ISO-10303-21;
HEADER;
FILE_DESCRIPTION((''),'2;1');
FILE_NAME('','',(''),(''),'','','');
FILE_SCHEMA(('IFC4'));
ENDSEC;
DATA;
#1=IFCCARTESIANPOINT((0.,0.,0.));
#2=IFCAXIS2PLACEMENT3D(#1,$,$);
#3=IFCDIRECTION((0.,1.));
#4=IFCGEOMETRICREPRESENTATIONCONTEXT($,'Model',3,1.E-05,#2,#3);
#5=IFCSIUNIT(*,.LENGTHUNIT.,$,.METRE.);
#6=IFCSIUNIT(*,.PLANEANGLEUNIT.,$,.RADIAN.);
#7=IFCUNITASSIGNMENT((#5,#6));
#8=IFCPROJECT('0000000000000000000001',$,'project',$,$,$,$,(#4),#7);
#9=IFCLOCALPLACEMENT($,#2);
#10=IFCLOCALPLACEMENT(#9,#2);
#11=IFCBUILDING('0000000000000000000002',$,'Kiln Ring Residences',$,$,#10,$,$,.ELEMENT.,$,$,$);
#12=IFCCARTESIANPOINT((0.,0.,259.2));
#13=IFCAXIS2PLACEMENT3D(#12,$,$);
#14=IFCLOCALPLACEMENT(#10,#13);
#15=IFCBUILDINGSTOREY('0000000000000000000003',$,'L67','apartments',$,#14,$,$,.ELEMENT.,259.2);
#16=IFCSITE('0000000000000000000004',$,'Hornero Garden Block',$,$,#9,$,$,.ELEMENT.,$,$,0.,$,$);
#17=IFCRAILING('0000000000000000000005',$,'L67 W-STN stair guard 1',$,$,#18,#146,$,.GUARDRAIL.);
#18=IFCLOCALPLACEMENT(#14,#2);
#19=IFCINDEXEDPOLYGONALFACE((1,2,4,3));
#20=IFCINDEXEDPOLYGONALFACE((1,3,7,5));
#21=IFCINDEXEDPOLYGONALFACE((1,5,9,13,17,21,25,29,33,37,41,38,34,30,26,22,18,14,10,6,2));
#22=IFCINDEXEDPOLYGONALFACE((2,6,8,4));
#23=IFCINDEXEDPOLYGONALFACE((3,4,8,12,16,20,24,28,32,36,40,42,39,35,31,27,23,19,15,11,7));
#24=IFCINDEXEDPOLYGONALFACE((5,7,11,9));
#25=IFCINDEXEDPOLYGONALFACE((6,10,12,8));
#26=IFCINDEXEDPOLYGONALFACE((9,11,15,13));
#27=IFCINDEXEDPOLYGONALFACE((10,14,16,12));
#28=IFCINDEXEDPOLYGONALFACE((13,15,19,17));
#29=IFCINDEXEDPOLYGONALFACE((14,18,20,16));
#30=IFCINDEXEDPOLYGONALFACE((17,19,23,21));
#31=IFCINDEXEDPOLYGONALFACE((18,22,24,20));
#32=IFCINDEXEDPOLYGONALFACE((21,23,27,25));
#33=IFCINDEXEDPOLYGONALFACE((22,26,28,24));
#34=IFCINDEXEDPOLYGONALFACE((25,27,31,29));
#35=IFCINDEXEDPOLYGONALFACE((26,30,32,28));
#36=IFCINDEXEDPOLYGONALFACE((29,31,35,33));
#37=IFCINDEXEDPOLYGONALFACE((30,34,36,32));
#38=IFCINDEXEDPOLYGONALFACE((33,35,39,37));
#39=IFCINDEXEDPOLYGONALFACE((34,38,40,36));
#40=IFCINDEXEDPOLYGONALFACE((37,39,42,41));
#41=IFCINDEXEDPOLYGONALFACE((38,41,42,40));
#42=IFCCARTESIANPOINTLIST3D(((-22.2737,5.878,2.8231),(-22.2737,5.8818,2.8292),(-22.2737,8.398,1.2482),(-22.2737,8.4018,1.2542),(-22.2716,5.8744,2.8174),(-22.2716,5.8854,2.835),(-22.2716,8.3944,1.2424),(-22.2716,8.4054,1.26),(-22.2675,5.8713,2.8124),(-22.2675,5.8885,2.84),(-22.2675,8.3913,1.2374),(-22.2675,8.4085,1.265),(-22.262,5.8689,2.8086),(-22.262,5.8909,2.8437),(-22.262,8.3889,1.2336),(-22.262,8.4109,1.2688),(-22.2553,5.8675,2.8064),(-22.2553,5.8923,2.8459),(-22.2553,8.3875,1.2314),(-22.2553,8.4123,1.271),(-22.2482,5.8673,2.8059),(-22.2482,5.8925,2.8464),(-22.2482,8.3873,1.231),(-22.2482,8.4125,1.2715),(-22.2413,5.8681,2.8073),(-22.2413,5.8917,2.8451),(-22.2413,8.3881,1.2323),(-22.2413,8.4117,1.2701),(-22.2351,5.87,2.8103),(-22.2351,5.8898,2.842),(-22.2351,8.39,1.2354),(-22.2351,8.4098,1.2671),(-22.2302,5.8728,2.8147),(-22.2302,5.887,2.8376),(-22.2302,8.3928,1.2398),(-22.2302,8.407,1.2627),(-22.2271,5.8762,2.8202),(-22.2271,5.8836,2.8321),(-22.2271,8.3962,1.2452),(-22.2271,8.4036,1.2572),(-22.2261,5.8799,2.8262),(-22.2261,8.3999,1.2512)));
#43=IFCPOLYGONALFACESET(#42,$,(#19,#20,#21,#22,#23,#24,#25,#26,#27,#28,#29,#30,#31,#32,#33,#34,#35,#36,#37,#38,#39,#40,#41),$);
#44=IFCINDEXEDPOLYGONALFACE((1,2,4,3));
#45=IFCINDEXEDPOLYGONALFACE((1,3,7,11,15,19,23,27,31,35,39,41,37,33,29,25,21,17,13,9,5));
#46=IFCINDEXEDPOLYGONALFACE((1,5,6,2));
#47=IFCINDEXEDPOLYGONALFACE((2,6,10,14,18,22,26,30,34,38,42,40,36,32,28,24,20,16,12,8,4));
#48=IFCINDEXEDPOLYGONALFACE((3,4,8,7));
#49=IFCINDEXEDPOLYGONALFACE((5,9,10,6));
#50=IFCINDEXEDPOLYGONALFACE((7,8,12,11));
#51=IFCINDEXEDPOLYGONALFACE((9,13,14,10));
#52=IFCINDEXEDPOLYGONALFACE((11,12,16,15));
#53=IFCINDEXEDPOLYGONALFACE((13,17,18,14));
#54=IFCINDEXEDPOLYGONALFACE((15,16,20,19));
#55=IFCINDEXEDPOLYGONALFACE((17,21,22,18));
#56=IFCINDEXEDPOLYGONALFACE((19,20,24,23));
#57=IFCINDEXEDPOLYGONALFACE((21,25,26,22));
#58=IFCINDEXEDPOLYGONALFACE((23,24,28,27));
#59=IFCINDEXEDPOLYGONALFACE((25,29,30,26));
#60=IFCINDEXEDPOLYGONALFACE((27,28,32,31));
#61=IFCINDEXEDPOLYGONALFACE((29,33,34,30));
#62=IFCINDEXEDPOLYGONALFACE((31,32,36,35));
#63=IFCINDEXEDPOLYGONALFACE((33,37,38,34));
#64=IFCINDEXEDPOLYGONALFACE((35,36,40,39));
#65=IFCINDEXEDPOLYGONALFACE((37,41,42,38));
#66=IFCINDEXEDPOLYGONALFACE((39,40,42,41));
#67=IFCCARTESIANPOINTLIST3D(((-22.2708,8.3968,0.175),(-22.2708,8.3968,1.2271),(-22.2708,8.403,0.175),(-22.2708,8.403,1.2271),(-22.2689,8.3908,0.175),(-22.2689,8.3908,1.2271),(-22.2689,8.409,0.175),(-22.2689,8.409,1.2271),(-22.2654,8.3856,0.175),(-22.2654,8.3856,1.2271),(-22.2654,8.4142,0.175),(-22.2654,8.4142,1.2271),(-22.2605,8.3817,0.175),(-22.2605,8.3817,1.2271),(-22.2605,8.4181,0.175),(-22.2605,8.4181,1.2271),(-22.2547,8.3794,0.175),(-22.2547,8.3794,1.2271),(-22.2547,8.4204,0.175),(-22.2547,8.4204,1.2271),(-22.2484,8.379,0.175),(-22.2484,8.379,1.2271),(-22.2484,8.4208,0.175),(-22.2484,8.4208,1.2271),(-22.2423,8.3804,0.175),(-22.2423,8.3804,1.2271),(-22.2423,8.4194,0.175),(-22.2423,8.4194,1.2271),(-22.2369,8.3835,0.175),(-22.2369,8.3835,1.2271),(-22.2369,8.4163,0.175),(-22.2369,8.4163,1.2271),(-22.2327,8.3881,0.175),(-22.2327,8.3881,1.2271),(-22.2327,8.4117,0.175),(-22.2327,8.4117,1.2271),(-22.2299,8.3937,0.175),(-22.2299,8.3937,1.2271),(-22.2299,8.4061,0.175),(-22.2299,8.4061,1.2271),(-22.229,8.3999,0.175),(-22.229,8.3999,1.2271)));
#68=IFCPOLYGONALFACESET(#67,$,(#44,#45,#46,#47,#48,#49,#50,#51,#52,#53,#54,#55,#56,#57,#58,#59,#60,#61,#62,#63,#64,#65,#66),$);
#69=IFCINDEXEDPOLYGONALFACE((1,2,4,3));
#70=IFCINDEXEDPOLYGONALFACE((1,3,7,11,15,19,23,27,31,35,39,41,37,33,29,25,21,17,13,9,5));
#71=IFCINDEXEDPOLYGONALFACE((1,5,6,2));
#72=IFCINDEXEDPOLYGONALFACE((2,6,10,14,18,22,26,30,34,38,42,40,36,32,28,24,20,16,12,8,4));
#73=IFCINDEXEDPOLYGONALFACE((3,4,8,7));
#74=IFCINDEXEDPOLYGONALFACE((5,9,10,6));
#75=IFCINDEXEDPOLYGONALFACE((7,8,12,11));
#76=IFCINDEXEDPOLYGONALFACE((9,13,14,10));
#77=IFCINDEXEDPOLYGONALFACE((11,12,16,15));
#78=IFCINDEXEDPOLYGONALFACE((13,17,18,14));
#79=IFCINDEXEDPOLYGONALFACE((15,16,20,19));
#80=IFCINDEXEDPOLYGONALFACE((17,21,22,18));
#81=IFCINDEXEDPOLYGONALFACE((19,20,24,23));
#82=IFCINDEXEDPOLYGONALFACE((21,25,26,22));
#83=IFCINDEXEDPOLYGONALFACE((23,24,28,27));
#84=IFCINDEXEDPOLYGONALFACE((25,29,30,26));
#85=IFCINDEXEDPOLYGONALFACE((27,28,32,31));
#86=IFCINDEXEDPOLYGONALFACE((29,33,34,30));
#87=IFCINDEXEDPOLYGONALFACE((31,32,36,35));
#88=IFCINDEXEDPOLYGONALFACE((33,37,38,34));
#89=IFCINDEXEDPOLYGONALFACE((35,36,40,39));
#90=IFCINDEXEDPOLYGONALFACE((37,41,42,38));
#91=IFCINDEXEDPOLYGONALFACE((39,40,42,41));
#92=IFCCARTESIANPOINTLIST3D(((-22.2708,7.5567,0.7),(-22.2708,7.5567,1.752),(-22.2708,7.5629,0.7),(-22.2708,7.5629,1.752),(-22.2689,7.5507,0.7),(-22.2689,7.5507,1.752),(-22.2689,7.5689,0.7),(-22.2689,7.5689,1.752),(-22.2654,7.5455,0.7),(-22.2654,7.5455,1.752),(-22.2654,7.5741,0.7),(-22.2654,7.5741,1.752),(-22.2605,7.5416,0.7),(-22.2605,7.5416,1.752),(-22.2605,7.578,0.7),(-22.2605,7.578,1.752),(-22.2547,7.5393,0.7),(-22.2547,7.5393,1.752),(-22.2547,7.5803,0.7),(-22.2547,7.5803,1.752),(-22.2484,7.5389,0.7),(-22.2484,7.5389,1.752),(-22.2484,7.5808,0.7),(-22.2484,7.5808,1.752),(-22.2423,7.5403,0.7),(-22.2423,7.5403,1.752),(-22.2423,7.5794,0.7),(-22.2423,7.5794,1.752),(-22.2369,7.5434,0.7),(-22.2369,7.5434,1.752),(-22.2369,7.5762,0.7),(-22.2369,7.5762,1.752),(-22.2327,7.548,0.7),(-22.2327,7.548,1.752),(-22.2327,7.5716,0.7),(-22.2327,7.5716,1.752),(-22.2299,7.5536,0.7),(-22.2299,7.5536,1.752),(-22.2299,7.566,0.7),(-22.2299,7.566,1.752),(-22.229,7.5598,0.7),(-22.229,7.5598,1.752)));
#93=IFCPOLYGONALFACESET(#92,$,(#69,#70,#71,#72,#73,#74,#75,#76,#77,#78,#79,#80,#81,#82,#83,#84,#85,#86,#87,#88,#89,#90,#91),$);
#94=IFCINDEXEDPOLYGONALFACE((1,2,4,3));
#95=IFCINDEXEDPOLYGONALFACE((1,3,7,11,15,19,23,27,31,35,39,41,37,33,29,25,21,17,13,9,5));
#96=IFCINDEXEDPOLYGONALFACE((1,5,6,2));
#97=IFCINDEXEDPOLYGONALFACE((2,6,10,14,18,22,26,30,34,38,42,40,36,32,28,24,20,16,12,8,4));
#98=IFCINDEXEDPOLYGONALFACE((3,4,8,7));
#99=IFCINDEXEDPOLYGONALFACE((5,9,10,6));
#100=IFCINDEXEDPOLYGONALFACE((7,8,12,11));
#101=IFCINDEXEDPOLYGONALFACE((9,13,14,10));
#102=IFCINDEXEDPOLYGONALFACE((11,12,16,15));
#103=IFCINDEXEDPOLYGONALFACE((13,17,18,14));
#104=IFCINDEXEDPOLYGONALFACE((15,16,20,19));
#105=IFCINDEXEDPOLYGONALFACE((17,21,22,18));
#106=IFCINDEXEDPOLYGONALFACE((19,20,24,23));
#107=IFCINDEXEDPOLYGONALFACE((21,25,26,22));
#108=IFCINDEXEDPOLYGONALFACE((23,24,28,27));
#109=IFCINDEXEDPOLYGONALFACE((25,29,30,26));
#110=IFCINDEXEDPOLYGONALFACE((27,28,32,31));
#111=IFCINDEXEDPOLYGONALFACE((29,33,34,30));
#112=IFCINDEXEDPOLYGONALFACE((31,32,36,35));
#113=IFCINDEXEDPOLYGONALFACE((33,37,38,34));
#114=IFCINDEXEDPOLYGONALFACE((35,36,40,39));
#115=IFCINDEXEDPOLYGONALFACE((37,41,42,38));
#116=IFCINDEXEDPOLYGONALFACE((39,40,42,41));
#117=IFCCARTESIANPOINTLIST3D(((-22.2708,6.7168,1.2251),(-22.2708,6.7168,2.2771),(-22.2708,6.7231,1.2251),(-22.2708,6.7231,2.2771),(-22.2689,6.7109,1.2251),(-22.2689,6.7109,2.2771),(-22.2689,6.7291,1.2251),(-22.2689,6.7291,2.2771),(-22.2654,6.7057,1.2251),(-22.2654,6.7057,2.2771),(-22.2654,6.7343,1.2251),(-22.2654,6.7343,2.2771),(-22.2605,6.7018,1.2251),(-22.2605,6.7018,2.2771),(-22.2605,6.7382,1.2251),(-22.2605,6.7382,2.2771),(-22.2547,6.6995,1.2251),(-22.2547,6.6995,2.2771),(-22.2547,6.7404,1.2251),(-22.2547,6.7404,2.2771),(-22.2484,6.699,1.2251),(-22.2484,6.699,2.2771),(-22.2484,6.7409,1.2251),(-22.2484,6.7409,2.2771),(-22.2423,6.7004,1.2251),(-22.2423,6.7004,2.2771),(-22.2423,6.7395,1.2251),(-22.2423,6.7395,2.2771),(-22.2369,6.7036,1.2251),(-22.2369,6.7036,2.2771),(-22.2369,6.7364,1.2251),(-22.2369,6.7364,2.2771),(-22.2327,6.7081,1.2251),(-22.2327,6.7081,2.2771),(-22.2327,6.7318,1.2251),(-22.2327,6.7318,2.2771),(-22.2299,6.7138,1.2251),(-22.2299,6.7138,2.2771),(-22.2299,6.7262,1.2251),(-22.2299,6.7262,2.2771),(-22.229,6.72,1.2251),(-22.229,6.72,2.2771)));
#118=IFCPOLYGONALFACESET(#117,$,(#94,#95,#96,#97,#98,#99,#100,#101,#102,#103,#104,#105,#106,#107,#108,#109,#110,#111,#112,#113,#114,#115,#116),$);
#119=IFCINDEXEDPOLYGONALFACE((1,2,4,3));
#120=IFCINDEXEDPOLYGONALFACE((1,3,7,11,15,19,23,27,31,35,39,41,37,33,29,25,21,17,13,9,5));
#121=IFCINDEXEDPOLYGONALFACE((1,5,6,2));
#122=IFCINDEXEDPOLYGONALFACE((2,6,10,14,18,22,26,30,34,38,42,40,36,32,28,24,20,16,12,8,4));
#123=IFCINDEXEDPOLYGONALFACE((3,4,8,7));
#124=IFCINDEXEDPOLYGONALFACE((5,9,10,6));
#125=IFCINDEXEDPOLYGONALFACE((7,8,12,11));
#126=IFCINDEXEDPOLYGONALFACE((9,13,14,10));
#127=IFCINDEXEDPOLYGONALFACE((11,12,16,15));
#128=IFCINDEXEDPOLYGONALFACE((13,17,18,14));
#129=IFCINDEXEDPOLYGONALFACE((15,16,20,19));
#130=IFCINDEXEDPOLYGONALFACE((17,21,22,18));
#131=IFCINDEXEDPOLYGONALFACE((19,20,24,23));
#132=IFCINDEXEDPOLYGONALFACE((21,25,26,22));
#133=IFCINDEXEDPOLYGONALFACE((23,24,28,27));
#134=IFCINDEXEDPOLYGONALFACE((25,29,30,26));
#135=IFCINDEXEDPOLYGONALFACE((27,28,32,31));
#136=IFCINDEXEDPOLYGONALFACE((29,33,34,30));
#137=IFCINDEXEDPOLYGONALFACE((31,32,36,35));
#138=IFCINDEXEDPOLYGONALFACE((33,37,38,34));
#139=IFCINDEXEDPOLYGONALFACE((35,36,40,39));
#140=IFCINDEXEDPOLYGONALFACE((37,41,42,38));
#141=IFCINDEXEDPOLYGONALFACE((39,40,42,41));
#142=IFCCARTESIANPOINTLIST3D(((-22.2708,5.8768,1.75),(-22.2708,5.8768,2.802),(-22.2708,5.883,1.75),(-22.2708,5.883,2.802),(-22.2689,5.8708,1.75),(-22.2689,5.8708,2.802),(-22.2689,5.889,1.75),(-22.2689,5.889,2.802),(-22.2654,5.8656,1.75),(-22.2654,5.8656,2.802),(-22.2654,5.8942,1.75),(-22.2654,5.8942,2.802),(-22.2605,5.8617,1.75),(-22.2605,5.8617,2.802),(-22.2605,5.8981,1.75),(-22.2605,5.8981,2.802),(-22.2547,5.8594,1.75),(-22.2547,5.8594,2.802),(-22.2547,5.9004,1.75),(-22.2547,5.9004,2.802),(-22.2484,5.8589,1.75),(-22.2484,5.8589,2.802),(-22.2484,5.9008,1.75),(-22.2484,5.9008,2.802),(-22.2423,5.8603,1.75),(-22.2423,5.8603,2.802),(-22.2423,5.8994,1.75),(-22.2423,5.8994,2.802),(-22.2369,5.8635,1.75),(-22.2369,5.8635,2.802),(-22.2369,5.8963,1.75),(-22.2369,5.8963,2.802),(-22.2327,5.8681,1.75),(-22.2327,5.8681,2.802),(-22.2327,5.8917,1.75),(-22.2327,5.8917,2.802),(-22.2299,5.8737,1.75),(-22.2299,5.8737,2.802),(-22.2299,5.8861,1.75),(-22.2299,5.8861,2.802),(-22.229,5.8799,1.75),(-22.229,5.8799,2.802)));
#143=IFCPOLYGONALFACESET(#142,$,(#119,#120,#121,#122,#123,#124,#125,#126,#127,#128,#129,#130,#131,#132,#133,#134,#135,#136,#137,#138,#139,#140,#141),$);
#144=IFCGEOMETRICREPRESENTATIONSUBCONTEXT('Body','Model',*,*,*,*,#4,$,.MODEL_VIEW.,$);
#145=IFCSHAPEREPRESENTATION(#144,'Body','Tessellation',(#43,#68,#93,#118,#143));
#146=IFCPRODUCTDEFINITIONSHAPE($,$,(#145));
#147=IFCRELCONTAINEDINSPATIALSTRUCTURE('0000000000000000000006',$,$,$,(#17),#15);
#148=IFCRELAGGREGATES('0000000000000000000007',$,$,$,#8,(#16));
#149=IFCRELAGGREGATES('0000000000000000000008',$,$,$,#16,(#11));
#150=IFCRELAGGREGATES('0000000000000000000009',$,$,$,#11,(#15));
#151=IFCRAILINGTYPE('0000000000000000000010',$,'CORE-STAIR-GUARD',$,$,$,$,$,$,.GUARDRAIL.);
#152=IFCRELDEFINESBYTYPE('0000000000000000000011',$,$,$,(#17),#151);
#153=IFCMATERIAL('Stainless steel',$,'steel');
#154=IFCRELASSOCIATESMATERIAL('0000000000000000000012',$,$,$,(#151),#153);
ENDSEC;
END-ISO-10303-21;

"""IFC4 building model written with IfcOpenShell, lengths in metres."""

from ifc_helpers import new_model, si_unit, direction, frame, origin, origin_2d, place, context, subcontext, project, spatial, circle, extrude, material, type_object, element, save


model = new_model("IFC4")

# Units and contexts
model_context = context("Model", 3, precision=1e-05, world=origin(), true_north=direction((0.0, 1.0)))
body_context = subcontext(model_context, "Body", "Model", "MODEL_VIEW")
ifc_project = project(units=[si_unit("LENGTHUNIT", "METRE"), si_unit("PLANEANGLEUNIT", "RADIAN")], contexts=[model_context])

# Site, building, storey
site_placement = place(None, origin())
site = spatial("IfcSite", under=ifc_project, at=site_placement, Name="Hornero Garden Block", CompositionType="ELEMENT", RefElevation=0.0)
building_placement = place(site_placement, origin())
building = spatial("IfcBuilding", under=site, at=building_placement, Name="Kiln Ring Residences", CompositionType="ELEMENT")
storey_placement = place(building_placement, frame((0.0, 0.0, 259.2)))
storey = spatial("IfcBuildingStorey", under=building, at=storey_placement, Name="L67", Description="apartments", CompositionType="ELEMENT", Elevation=259.2)

# Railing
ifc_material_1 = material(Name="Stainless steel", Category="steel")
railing_type = type_object("IfcRailingType", Name="CORE-STAIR-GUARD", PredefinedType="GUARDRAIL", material=ifc_material_1)
railing_1_placement = place(storey_placement, frame((-22.25, 8.3999, 0.175)))
element("IfcRailing", 1, at=railing_1_placement, inside=storey, type_object=railing_type, Name="L67 W-STN stair guard 1", PredefinedType="GUARDRAIL", context=body_context, shape_type="SweptSolid", body=[
    extrude(circle(Radius=0.0239, at=origin_2d()), frame((0.0, 0.0, 1.0762), z_axis=(0.0, -0.848008, 0.529984), x_axis=(1.0, 0.0, 0.0)), (0.0, 0.0, 1.0), 2.9717),
    extrude(circle(Radius=0.021, at=origin_2d()), origin(), (0.0, 0.0, 1.0), 1.052),
    extrude(circle(Radius=0.021, at=origin_2d()), frame((0.0, -0.8401, 0.5249)), (0.0, 0.0, 1.0), 1.052),
    extrude(circle(Radius=0.021, at=origin_2d()), frame((0.0, -1.6799, 1.05)), (0.0, 0.0, 1.0), 1.052),
    extrude(circle(Radius=0.021, at=origin_2d()), frame((0.0, -2.52, 1.575)), (0.0, 0.0, 1.0), 1.052),
])

save(model, "model.ifc")
